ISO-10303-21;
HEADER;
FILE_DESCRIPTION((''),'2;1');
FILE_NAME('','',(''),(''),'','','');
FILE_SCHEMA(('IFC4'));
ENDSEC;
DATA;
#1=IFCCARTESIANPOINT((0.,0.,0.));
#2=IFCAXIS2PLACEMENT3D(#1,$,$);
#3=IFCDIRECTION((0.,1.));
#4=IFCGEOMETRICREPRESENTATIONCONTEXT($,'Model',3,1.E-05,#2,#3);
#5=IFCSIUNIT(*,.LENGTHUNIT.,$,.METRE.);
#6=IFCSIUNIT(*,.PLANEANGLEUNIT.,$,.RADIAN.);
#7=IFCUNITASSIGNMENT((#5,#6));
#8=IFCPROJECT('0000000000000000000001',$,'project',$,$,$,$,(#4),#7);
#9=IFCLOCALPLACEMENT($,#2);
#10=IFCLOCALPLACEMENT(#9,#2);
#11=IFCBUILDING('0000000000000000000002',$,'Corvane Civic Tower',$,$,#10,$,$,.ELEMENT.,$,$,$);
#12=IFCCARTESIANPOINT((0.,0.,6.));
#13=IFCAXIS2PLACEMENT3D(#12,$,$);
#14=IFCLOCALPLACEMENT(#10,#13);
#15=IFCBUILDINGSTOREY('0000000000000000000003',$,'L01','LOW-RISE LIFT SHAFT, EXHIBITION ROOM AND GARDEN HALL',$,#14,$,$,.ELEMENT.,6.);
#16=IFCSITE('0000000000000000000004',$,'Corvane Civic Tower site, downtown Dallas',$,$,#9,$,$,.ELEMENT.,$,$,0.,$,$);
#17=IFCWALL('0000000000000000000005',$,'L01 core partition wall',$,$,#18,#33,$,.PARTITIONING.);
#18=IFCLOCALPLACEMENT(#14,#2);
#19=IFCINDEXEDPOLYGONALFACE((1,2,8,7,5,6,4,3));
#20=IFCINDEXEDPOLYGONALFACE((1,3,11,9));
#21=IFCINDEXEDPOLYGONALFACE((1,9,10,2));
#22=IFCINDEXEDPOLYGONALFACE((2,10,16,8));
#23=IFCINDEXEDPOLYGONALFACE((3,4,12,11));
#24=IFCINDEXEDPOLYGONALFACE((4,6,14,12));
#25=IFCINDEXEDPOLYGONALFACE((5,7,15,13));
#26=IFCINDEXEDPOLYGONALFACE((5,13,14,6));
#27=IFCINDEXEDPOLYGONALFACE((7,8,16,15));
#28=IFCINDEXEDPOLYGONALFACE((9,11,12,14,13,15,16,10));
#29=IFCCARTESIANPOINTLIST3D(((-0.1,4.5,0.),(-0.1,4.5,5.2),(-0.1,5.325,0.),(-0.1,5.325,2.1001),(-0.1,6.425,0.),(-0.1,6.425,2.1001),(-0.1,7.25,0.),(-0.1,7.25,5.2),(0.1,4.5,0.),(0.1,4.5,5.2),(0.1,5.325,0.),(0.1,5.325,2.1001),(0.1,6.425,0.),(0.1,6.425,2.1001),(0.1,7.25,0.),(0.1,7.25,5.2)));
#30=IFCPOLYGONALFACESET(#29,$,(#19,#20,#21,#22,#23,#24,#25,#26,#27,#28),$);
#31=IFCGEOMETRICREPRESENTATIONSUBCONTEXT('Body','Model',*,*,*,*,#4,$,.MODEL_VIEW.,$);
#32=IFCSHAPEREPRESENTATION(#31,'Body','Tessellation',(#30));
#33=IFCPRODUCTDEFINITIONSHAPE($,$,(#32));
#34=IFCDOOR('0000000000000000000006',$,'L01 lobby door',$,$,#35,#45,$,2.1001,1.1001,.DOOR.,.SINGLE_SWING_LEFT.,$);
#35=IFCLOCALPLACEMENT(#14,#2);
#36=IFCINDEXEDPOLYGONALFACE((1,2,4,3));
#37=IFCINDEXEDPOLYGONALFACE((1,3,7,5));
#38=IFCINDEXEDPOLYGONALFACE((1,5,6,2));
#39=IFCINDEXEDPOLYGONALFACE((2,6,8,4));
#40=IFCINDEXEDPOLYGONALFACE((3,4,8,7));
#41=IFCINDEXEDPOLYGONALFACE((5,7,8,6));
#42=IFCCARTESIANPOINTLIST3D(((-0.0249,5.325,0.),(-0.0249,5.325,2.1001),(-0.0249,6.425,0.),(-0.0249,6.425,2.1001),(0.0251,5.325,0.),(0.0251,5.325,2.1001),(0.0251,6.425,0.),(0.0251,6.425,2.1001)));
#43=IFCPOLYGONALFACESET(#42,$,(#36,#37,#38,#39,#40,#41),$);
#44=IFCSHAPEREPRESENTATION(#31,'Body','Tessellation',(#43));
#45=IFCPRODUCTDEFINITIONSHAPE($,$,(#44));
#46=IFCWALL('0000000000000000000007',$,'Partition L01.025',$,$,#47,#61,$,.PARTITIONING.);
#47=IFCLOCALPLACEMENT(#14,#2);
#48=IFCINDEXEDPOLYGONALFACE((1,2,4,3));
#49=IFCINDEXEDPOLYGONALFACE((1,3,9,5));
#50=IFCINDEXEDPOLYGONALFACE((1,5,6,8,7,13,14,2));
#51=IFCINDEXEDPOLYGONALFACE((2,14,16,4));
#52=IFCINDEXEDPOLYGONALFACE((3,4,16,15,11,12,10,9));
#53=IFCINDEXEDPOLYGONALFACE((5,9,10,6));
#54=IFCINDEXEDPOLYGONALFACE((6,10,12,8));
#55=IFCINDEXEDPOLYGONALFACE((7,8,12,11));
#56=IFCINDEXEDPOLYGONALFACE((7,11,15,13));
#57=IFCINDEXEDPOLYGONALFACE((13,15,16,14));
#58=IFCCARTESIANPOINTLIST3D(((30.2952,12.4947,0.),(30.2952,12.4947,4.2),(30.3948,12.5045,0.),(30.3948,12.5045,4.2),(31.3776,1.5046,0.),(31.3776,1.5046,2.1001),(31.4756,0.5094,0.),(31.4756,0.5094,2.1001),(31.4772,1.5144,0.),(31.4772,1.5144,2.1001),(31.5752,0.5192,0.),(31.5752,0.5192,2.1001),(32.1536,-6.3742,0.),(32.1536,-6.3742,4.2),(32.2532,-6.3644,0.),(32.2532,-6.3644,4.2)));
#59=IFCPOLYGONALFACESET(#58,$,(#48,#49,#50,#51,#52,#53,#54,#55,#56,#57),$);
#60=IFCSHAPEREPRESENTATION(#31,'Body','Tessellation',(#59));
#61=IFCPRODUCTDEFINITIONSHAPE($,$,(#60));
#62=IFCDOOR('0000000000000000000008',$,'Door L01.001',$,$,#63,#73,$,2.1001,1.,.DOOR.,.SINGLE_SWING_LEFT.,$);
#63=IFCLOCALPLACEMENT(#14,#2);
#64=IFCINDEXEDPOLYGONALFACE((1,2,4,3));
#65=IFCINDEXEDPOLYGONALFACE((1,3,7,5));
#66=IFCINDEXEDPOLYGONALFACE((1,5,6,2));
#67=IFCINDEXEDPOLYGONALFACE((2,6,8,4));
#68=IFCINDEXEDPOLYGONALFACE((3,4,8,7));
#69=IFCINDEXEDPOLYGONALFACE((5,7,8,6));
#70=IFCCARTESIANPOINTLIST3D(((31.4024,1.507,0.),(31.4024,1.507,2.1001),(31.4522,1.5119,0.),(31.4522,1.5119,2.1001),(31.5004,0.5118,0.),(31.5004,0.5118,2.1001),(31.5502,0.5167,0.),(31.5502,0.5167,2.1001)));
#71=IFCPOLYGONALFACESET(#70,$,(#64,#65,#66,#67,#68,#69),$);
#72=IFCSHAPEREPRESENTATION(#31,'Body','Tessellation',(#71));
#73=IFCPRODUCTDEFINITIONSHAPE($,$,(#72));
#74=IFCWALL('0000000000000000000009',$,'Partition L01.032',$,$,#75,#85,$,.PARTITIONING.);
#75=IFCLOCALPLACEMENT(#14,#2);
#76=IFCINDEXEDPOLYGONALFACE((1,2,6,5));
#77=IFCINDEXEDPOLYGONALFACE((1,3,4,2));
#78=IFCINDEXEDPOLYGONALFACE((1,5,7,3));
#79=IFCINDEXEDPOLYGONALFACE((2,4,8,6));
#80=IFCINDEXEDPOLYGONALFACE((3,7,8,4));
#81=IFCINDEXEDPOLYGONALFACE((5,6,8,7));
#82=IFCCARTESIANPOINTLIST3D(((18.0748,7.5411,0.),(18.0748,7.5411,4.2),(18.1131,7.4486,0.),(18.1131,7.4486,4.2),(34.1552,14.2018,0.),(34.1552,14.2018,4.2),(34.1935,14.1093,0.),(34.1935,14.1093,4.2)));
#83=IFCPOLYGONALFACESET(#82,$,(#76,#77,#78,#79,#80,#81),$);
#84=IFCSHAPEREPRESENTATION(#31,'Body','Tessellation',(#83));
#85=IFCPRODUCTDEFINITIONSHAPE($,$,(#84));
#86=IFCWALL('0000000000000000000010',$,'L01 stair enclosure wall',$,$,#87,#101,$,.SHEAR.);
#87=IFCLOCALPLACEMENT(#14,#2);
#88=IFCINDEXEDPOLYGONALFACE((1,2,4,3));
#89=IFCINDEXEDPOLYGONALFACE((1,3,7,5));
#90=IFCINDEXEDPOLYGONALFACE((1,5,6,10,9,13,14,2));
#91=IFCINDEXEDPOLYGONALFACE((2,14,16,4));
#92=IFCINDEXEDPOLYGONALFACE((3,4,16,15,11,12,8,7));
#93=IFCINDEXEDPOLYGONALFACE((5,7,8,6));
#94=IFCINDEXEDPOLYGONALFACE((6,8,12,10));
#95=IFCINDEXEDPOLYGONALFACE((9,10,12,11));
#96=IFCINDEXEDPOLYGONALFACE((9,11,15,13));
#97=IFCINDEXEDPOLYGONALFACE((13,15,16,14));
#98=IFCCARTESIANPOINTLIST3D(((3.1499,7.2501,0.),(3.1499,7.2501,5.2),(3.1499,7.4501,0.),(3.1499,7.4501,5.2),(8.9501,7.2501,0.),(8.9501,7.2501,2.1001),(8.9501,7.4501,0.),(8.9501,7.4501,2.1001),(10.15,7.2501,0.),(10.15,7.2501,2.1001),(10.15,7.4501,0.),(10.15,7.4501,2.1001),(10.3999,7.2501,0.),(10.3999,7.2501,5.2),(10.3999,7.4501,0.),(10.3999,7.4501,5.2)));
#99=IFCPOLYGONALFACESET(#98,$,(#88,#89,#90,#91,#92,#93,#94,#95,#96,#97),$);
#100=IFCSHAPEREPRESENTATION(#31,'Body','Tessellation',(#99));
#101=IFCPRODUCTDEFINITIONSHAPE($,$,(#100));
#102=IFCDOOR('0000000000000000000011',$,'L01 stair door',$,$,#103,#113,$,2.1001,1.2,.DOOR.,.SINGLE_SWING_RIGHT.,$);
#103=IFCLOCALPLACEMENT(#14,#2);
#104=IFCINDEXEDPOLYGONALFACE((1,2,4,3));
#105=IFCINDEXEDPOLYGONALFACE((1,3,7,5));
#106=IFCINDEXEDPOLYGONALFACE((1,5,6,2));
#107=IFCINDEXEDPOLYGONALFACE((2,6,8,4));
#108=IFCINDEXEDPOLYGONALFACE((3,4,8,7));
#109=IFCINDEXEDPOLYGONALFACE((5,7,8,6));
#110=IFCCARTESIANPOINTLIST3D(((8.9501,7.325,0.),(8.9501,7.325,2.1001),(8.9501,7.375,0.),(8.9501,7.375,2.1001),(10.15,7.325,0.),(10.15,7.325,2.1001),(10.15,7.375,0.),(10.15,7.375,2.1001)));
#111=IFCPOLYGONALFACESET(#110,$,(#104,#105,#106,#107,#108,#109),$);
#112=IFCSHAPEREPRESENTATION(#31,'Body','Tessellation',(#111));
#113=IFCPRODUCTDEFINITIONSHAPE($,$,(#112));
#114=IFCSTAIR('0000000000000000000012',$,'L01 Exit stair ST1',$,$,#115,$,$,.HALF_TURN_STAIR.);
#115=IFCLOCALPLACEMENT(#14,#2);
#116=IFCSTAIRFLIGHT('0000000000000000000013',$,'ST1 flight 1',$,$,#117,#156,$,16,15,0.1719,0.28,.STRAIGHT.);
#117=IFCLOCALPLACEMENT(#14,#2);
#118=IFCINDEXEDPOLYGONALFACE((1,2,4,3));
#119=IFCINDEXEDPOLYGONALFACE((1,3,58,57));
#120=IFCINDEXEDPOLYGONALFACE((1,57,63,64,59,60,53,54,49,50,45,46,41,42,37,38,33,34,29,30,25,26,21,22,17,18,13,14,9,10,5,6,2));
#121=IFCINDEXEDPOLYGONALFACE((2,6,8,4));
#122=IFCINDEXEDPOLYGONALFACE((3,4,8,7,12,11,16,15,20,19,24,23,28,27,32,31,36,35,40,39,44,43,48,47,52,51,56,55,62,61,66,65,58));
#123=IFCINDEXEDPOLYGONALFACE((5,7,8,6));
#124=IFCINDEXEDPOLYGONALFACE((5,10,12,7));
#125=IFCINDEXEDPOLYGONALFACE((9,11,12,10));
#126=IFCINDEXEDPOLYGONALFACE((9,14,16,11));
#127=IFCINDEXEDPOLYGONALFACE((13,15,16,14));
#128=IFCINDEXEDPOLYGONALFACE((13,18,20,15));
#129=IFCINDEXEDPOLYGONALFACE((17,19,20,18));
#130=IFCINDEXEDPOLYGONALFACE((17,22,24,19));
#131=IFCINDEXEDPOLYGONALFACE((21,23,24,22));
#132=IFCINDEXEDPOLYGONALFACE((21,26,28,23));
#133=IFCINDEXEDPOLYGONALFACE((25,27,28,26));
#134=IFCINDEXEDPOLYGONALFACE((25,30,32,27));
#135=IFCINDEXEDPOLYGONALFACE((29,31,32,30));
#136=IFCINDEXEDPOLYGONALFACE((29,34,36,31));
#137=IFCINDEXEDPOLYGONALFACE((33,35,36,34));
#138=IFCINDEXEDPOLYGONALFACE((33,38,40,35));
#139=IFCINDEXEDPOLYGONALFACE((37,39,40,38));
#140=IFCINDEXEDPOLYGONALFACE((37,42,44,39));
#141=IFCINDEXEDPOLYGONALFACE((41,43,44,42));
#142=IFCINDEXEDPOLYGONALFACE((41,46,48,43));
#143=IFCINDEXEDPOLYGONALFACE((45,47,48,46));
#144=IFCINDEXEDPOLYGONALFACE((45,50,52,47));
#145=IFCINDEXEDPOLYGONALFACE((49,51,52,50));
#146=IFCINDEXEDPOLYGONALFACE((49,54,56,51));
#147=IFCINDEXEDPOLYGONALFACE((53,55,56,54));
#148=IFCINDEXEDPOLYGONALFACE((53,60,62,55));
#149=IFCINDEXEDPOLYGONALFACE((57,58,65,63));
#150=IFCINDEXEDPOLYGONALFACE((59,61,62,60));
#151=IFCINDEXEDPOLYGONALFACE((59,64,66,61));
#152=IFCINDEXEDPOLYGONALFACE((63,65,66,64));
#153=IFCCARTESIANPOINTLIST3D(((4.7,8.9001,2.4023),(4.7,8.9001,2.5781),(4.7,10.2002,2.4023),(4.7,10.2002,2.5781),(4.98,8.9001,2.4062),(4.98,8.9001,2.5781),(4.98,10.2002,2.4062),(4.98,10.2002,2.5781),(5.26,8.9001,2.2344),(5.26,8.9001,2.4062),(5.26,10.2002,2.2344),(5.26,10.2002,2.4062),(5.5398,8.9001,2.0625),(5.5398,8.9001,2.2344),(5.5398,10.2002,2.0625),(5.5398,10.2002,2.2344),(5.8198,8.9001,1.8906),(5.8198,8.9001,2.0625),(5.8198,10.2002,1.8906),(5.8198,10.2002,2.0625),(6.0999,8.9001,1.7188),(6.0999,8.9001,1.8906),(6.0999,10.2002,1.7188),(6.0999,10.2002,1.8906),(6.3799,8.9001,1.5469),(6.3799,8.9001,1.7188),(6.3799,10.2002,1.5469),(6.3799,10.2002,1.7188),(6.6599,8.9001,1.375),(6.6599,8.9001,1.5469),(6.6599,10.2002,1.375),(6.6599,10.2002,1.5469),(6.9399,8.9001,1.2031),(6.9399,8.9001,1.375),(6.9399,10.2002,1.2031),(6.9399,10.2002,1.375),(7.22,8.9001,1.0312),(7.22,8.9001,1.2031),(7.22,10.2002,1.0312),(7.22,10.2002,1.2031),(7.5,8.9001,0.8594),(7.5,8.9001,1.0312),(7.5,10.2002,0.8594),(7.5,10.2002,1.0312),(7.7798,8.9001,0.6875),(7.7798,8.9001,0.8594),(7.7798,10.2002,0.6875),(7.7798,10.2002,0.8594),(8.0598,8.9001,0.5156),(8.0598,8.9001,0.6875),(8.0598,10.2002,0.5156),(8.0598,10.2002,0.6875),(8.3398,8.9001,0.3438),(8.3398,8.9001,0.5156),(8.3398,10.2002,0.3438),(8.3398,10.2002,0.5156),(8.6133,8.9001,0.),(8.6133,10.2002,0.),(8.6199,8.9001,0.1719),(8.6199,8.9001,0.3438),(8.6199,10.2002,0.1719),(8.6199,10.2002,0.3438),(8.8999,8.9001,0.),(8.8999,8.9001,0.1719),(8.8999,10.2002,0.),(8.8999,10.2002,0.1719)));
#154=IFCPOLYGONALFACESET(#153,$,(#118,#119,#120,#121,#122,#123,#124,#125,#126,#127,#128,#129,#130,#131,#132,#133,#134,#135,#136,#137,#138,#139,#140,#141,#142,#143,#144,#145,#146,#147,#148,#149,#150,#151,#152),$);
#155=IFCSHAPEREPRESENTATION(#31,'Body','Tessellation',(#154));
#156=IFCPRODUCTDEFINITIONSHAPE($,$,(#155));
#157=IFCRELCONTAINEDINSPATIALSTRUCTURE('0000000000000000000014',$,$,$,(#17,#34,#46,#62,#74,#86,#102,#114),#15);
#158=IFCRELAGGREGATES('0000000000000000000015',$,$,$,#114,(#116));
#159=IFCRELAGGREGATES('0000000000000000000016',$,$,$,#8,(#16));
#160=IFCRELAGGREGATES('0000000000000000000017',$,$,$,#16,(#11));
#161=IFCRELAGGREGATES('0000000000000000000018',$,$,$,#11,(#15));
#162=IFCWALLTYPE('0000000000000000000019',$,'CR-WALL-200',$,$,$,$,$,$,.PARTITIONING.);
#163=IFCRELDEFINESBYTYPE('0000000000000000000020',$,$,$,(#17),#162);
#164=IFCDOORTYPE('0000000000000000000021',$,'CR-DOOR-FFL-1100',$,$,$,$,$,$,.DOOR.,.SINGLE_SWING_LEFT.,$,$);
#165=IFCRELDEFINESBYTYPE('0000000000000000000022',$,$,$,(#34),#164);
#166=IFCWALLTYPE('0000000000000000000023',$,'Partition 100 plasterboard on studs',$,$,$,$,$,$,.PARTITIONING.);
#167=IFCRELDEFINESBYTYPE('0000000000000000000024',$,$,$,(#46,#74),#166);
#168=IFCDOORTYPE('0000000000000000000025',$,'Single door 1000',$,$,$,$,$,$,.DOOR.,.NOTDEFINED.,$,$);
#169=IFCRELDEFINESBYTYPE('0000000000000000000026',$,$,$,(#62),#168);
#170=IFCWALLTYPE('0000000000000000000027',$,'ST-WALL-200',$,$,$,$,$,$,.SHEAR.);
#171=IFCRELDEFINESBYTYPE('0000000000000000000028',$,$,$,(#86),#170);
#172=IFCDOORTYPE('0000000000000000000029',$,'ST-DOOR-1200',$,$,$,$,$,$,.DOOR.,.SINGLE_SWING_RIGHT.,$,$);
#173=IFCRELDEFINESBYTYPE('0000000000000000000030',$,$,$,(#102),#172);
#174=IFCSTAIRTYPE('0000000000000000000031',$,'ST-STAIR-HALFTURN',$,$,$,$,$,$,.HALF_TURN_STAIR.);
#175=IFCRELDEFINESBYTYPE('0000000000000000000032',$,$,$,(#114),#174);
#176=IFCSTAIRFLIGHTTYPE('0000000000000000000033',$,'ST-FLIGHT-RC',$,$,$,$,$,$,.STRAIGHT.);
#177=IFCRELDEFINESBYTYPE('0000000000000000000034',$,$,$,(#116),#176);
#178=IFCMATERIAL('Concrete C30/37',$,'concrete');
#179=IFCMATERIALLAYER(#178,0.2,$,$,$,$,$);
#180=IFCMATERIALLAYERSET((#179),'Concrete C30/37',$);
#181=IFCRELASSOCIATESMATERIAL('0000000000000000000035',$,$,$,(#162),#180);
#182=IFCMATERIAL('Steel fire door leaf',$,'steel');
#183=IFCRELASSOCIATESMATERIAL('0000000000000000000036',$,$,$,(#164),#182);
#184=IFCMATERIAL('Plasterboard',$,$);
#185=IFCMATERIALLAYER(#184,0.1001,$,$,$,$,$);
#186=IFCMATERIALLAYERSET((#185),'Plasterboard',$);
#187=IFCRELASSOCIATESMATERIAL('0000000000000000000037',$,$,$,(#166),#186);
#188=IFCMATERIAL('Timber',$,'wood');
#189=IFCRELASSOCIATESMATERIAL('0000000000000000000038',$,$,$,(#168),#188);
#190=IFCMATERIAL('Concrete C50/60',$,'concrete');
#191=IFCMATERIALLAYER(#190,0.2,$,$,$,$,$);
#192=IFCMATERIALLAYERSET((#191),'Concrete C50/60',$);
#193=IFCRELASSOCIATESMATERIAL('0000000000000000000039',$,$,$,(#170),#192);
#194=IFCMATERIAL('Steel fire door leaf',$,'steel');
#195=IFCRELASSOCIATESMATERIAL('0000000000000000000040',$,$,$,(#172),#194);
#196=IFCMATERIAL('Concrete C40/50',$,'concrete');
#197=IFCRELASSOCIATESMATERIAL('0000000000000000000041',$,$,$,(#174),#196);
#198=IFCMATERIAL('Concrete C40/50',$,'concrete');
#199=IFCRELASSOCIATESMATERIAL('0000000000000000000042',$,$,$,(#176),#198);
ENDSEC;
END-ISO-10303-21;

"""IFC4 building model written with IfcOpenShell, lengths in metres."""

from ifc_helpers import new_model, si_unit, direction, frame, frame_2d, origin, place, context, subcontext, project, spatial, polyline, rectangle, outline, extrude, material, layer, layer_set, type_object, element, fill, aggregate, save


model = new_model("IFC4")

# Units and contexts
model_context = context("Model", 3, precision=1e-05, world=origin(), true_north=direction((0.0, 1.0)))
body_context = subcontext(model_context, "Body", "Model", "MODEL_VIEW")
ifc_project = project(units=[si_unit("LENGTHUNIT", "METRE"), si_unit("PLANEANGLEUNIT", "RADIAN")], contexts=[model_context])

# Site, building, storey
site_placement = place(None, origin())
site = spatial("IfcSite", under=ifc_project, at=site_placement, Name="Corvane Civic Tower site, downtown Dallas", CompositionType="ELEMENT", RefElevation=0.0)
building_placement = place(site_placement, origin())
building = spatial("IfcBuilding", under=site, at=building_placement, Name="Corvane Civic Tower", CompositionType="ELEMENT")
storey_placement = place(building_placement, frame((0.0, 0.0, 6.0)))
storey = spatial("IfcBuildingStorey", under=building, at=storey_placement, Name="L01", Description="LOW-RISE LIFT SHAFT, EXHIBITION ROOM AND GARDEN HALL", CompositionType="ELEMENT", Elevation=6.0)

# Walls, openings, doors
ifc_material_1 = material(Name="Concrete C30/37", Category="concrete")
ifc_layer_1 = layer(ifc_material_1, 0.2)
ifc_layer_set_1 = layer_set([ifc_layer_1], Name="Concrete C30/37")
wall_type_1 = type_object("IfcWallType", Name="CR-WALL-200", PredefinedType="PARTITIONING", material=ifc_layer_set_1)
wall_1_placement = place(storey_placement, frame((0.0, 4.5, 0.0), z_axis=(0.0, 0.0, 1.0), x_axis=(0.0, 1.0, 0.0)))
wall_1 = element("IfcWall", 1, at=wall_1_placement, inside=storey, type_object=wall_type_1, Name="L01 core partition wall", PredefinedType="PARTITIONING", context=body_context, shape_type="SweptSolid", body=[
    extrude(rectangle(XDim=2.75, YDim=0.2, at=frame_2d((1.375, 0.0))), origin(), (0.0, 0.0, 1.0), 5.2),
])
opening_1_placement = place(wall_1_placement, frame((0.825, 0.0, 0.0)))
opening_1 = element("IfcOpeningElement", 2, at=opening_1_placement, cuts=wall_1, PredefinedType="OPENING", context=body_context, shape_type="SweptSolid", body=[
    extrude(rectangle(XDim=1.1001, YDim=2.1001, at=frame_2d((0.55, 1.05))), frame((0.0, 0.1099, 0.0), z_axis=(0.0, -1.0, 0.0), x_axis=(1.0, 0.0, 0.0)), (0.0, 0.0, 1.0), 0.22),
])
ifc_material_2 = material(Name="Steel fire door leaf", Category="steel")
door_type_1 = type_object("IfcDoorType", Name="CR-DOOR-FFL-1100", OperationType="SINGLE_SWING_LEFT", PredefinedType="DOOR", material=ifc_material_2)
door_1_placement = place(opening_1_placement, origin())
door_1 = element("IfcDoor", 3, at=door_1_placement, inside=storey, type_object=door_type_1, Name="L01 lobby door", OperationType="SINGLE_SWING_LEFT", OverallHeight=2.1001, OverallWidth=1.1001, PredefinedType="DOOR", context=body_context, shape_type="SweptSolid", body=[
    extrude(rectangle(XDim=1.1001, YDim=2.1001, at=frame_2d((0.55, 1.05))), frame((0.0, 0.0249, 0.0), z_axis=(0.0, -1.0, 0.0), x_axis=(1.0, 0.0, 0.0)), (0.0, 0.0, 1.0), 0.05),
])
fill(opening_1, door_1)
ifc_material_3 = material(Name="Plasterboard")
ifc_layer_2 = layer(ifc_material_3, 0.1001)
ifc_layer_set_2 = layer_set([ifc_layer_2], Name="Plasterboard")
wall_type_2 = type_object("IfcWallType", Name="Partition 100 plasterboard on studs", PredefinedType="PARTITIONING", material=ifc_layer_set_2)
wall_2_placement = place(storey_placement, frame((30.345, 12.4995, 0.0), z_axis=(0.0, 0.0, 1.0), x_axis=(0.098016, -0.995185, 0.0)))
wall_2 = element("IfcWall", 4, at=wall_2_placement, inside=storey, type_object=wall_type_2, Name="Partition L01.025", PredefinedType="PARTITIONING", context=body_context, shape_type="SweptSolid", body=[
    extrude(rectangle(XDim=18.9602, YDim=0.1001, at=frame_2d((9.48, 0.0))), origin(), (0.0, 0.0, 1.0), 4.2),
])
opening_2_placement = place(wall_2_placement, frame((11.0432, 0.0, 0.0)))
opening_2 = element("IfcOpeningElement", 5, at=opening_2_placement, cuts=wall_2, PredefinedType="OPENING", context=body_context, shape_type="SweptSolid", body=[
    extrude(rectangle(XDim=1.0, YDim=2.1001, at=frame_2d((0.5, 1.05))), frame((0.0, 0.0601, 0.0), z_axis=(0.0, -1.0, 0.0), x_axis=(1.0, 0.0, 0.0)), (0.0, 0.0, 1.0), 0.1201),
])
ifc_material_4 = material(Name="Timber", Category="wood")
door_type_2 = type_object("IfcDoorType", Name="Single door 1000", OperationType="NOTDEFINED", PredefinedType="DOOR", material=ifc_material_4)
door_2_placement = place(opening_2_placement, origin())
door_2 = element("IfcDoor", 6, at=door_2_placement, inside=storey, type_object=door_type_2, Name="Door L01.001", OperationType="SINGLE_SWING_LEFT", OverallHeight=2.1001, OverallWidth=1.0, PredefinedType="DOOR", context=body_context, shape_type="SweptSolid", body=[
    extrude(rectangle(XDim=1.0, YDim=2.1001, at=frame_2d((0.5, 1.05))), frame((0.0, 0.0249, 0.0), z_axis=(0.0, -1.0, 0.0), x_axis=(1.0, 0.0, 0.0)), (0.0, 0.0, 1.0), 0.05),
])
fill(opening_2, door_2)

# Wall
wall_3_placement = place(storey_placement, frame((18.094, 7.4949, 0.0), z_axis=(0.0, 0.0, 1.0), x_axis=(0.92388, 0.382681, 0.0)))
element("IfcWall", 7, at=wall_3_placement, inside=storey, type_object=wall_type_2, Name="Partition L01.032", PredefinedType="PARTITIONING", context=body_context, shape_type="SweptSolid", body=[
    extrude(rectangle(XDim=17.4053, YDim=0.1001, at=frame_2d((8.7026, 0.0))), origin(), (0.0, 0.0, 1.0), 4.2),
])

# Wall, opening, door
ifc_material_5 = material(Name="Concrete C50/60", Category="concrete")
ifc_layer_3 = layer(ifc_material_5, 0.2)
ifc_layer_set_3 = layer_set([ifc_layer_3], Name="Concrete C50/60")
wall_type_3 = type_object("IfcWallType", Name="ST-WALL-200", PredefinedType="SHEAR", material=ifc_layer_set_3)
wall_4_placement = place(storey_placement, frame((3.1499, 7.3501, 0.0), z_axis=(0.0, 0.0, 1.0), x_axis=(1.0, 0.0, 0.0)))
wall_4 = element("IfcWall", 8, at=wall_4_placement, inside=storey, type_object=wall_type_3, Name="L01 stair enclosure wall", PredefinedType="SHEAR", context=body_context, shape_type="SweptSolid", body=[
    extrude(rectangle(XDim=7.25, YDim=0.2, at=frame_2d((3.625, 0.0))), origin(), (0.0, 0.0, 1.0), 5.2),
])
opening_3_placement = place(wall_4_placement, frame((5.8, 0.0, 0.0)))
opening_3 = element("IfcOpeningElement", 9, at=opening_3_placement, cuts=wall_4, PredefinedType="OPENING", context=body_context, shape_type="SweptSolid", body=[
    extrude(rectangle(XDim=1.2, YDim=2.1001, at=frame_2d((0.6001, 1.05))), frame((0.0, 0.1099, 0.0), z_axis=(0.0, -1.0, 0.0), x_axis=(1.0, 0.0, 0.0)), (0.0, 0.0, 1.0), 0.22),
])
ifc_material_6 = material(Name="Steel fire door leaf", Category="steel")
door_type_3 = type_object("IfcDoorType", Name="ST-DOOR-1200", OperationType="SINGLE_SWING_RIGHT", PredefinedType="DOOR", material=ifc_material_6)
door_3_placement = place(opening_3_placement, origin())
door_3 = element("IfcDoor", 10, at=door_3_placement, inside=storey, type_object=door_type_3, Name="L01 stair door", OperationType="SINGLE_SWING_RIGHT", OverallHeight=2.1001, OverallWidth=1.2, PredefinedType="DOOR", context=body_context, shape_type="SweptSolid", body=[
    extrude(rectangle(XDim=1.2, YDim=2.1001, at=frame_2d((0.6001, 1.05))), frame((0.0, 0.0249, 0.0), z_axis=(0.0, -1.0, 0.0), x_axis=(1.0, 0.0, 0.0)), (0.0, 0.0, 1.0), 0.05),
])
fill(opening_3, door_3)

# Stair, stair flight
ifc_material_7 = material(Name="Concrete C40/50", Category="concrete")
stair_type = type_object("IfcStairType", Name="ST-STAIR-HALFTURN", PredefinedType="HALF_TURN_STAIR", material=ifc_material_7)
stair_placement = place(storey_placement, origin())
stair = element("IfcStair", 11, at=stair_placement, inside=storey, type_object=stair_type, Name="L01 Exit stair ST1", PredefinedType="HALF_TURN_STAIR")
ifc_material_8 = material(Name="Concrete C40/50", Category="concrete")
stair_flight_type = type_object("IfcStairFlightType", Name="ST-FLIGHT-RC", PredefinedType="STRAIGHT", material=ifc_material_8)
stair_flight_1_placement = place(storey_placement, frame((8.8999, 9.55, 0.0), z_axis=(0.0, 0.0, 1.0), x_axis=(-1.0, 0.0, 0.0)))
stair_flight_1 = element("IfcStairFlight", 12, at=stair_flight_1_placement, type_object=stair_flight_type, Name="ST1 flight 1", NumberOfRisers=16, NumberOfTreads=15, PredefinedType="STRAIGHT", RiserHeight=0.1719, TreadLength=0.28, context=body_context, shape_type="SweptSolid", body=[
    extrude(outline(polyline([(0.0, 0.0), (0.0, 0.1719), (0.28, 0.1719), (0.28, 0.3438), (0.5601, 0.3438), (0.5601, 0.5156), (0.8401, 0.5156), (0.8401, 0.6875), (1.1201, 0.6875), (1.1201, 0.8594), (1.3999, 0.8594), (1.3999, 1.0312), (1.6799, 1.0312), (1.6799, 1.2031), (1.96, 1.2031), (1.96, 1.375), (2.24, 1.375), (2.24, 1.5469), (2.52, 1.5469), (2.52, 1.7188), (2.8, 1.7188), (2.8, 1.8906), (3.0801, 1.8906), (3.0801, 2.0625), (3.3601, 2.0625), (3.3601, 2.2344), (3.6399, 2.2344), (3.6399, 2.4062), (3.9199, 2.4062), (3.9199, 2.5781), (4.2, 2.5781), (4.2, 2.75), (4.2, 2.4023), (0.2866, 0.0), (0.0, 0.0)])), frame((0.0, 0.6499, 0.0), z_axis=(0.0, -1.0, 0.0), x_axis=(1.0, 0.0, 0.0)), (0.0, 0.0, 1.0), 1.3),
])
aggregate(stair, [stair_flight_1])

save(model, "model.ifc")
